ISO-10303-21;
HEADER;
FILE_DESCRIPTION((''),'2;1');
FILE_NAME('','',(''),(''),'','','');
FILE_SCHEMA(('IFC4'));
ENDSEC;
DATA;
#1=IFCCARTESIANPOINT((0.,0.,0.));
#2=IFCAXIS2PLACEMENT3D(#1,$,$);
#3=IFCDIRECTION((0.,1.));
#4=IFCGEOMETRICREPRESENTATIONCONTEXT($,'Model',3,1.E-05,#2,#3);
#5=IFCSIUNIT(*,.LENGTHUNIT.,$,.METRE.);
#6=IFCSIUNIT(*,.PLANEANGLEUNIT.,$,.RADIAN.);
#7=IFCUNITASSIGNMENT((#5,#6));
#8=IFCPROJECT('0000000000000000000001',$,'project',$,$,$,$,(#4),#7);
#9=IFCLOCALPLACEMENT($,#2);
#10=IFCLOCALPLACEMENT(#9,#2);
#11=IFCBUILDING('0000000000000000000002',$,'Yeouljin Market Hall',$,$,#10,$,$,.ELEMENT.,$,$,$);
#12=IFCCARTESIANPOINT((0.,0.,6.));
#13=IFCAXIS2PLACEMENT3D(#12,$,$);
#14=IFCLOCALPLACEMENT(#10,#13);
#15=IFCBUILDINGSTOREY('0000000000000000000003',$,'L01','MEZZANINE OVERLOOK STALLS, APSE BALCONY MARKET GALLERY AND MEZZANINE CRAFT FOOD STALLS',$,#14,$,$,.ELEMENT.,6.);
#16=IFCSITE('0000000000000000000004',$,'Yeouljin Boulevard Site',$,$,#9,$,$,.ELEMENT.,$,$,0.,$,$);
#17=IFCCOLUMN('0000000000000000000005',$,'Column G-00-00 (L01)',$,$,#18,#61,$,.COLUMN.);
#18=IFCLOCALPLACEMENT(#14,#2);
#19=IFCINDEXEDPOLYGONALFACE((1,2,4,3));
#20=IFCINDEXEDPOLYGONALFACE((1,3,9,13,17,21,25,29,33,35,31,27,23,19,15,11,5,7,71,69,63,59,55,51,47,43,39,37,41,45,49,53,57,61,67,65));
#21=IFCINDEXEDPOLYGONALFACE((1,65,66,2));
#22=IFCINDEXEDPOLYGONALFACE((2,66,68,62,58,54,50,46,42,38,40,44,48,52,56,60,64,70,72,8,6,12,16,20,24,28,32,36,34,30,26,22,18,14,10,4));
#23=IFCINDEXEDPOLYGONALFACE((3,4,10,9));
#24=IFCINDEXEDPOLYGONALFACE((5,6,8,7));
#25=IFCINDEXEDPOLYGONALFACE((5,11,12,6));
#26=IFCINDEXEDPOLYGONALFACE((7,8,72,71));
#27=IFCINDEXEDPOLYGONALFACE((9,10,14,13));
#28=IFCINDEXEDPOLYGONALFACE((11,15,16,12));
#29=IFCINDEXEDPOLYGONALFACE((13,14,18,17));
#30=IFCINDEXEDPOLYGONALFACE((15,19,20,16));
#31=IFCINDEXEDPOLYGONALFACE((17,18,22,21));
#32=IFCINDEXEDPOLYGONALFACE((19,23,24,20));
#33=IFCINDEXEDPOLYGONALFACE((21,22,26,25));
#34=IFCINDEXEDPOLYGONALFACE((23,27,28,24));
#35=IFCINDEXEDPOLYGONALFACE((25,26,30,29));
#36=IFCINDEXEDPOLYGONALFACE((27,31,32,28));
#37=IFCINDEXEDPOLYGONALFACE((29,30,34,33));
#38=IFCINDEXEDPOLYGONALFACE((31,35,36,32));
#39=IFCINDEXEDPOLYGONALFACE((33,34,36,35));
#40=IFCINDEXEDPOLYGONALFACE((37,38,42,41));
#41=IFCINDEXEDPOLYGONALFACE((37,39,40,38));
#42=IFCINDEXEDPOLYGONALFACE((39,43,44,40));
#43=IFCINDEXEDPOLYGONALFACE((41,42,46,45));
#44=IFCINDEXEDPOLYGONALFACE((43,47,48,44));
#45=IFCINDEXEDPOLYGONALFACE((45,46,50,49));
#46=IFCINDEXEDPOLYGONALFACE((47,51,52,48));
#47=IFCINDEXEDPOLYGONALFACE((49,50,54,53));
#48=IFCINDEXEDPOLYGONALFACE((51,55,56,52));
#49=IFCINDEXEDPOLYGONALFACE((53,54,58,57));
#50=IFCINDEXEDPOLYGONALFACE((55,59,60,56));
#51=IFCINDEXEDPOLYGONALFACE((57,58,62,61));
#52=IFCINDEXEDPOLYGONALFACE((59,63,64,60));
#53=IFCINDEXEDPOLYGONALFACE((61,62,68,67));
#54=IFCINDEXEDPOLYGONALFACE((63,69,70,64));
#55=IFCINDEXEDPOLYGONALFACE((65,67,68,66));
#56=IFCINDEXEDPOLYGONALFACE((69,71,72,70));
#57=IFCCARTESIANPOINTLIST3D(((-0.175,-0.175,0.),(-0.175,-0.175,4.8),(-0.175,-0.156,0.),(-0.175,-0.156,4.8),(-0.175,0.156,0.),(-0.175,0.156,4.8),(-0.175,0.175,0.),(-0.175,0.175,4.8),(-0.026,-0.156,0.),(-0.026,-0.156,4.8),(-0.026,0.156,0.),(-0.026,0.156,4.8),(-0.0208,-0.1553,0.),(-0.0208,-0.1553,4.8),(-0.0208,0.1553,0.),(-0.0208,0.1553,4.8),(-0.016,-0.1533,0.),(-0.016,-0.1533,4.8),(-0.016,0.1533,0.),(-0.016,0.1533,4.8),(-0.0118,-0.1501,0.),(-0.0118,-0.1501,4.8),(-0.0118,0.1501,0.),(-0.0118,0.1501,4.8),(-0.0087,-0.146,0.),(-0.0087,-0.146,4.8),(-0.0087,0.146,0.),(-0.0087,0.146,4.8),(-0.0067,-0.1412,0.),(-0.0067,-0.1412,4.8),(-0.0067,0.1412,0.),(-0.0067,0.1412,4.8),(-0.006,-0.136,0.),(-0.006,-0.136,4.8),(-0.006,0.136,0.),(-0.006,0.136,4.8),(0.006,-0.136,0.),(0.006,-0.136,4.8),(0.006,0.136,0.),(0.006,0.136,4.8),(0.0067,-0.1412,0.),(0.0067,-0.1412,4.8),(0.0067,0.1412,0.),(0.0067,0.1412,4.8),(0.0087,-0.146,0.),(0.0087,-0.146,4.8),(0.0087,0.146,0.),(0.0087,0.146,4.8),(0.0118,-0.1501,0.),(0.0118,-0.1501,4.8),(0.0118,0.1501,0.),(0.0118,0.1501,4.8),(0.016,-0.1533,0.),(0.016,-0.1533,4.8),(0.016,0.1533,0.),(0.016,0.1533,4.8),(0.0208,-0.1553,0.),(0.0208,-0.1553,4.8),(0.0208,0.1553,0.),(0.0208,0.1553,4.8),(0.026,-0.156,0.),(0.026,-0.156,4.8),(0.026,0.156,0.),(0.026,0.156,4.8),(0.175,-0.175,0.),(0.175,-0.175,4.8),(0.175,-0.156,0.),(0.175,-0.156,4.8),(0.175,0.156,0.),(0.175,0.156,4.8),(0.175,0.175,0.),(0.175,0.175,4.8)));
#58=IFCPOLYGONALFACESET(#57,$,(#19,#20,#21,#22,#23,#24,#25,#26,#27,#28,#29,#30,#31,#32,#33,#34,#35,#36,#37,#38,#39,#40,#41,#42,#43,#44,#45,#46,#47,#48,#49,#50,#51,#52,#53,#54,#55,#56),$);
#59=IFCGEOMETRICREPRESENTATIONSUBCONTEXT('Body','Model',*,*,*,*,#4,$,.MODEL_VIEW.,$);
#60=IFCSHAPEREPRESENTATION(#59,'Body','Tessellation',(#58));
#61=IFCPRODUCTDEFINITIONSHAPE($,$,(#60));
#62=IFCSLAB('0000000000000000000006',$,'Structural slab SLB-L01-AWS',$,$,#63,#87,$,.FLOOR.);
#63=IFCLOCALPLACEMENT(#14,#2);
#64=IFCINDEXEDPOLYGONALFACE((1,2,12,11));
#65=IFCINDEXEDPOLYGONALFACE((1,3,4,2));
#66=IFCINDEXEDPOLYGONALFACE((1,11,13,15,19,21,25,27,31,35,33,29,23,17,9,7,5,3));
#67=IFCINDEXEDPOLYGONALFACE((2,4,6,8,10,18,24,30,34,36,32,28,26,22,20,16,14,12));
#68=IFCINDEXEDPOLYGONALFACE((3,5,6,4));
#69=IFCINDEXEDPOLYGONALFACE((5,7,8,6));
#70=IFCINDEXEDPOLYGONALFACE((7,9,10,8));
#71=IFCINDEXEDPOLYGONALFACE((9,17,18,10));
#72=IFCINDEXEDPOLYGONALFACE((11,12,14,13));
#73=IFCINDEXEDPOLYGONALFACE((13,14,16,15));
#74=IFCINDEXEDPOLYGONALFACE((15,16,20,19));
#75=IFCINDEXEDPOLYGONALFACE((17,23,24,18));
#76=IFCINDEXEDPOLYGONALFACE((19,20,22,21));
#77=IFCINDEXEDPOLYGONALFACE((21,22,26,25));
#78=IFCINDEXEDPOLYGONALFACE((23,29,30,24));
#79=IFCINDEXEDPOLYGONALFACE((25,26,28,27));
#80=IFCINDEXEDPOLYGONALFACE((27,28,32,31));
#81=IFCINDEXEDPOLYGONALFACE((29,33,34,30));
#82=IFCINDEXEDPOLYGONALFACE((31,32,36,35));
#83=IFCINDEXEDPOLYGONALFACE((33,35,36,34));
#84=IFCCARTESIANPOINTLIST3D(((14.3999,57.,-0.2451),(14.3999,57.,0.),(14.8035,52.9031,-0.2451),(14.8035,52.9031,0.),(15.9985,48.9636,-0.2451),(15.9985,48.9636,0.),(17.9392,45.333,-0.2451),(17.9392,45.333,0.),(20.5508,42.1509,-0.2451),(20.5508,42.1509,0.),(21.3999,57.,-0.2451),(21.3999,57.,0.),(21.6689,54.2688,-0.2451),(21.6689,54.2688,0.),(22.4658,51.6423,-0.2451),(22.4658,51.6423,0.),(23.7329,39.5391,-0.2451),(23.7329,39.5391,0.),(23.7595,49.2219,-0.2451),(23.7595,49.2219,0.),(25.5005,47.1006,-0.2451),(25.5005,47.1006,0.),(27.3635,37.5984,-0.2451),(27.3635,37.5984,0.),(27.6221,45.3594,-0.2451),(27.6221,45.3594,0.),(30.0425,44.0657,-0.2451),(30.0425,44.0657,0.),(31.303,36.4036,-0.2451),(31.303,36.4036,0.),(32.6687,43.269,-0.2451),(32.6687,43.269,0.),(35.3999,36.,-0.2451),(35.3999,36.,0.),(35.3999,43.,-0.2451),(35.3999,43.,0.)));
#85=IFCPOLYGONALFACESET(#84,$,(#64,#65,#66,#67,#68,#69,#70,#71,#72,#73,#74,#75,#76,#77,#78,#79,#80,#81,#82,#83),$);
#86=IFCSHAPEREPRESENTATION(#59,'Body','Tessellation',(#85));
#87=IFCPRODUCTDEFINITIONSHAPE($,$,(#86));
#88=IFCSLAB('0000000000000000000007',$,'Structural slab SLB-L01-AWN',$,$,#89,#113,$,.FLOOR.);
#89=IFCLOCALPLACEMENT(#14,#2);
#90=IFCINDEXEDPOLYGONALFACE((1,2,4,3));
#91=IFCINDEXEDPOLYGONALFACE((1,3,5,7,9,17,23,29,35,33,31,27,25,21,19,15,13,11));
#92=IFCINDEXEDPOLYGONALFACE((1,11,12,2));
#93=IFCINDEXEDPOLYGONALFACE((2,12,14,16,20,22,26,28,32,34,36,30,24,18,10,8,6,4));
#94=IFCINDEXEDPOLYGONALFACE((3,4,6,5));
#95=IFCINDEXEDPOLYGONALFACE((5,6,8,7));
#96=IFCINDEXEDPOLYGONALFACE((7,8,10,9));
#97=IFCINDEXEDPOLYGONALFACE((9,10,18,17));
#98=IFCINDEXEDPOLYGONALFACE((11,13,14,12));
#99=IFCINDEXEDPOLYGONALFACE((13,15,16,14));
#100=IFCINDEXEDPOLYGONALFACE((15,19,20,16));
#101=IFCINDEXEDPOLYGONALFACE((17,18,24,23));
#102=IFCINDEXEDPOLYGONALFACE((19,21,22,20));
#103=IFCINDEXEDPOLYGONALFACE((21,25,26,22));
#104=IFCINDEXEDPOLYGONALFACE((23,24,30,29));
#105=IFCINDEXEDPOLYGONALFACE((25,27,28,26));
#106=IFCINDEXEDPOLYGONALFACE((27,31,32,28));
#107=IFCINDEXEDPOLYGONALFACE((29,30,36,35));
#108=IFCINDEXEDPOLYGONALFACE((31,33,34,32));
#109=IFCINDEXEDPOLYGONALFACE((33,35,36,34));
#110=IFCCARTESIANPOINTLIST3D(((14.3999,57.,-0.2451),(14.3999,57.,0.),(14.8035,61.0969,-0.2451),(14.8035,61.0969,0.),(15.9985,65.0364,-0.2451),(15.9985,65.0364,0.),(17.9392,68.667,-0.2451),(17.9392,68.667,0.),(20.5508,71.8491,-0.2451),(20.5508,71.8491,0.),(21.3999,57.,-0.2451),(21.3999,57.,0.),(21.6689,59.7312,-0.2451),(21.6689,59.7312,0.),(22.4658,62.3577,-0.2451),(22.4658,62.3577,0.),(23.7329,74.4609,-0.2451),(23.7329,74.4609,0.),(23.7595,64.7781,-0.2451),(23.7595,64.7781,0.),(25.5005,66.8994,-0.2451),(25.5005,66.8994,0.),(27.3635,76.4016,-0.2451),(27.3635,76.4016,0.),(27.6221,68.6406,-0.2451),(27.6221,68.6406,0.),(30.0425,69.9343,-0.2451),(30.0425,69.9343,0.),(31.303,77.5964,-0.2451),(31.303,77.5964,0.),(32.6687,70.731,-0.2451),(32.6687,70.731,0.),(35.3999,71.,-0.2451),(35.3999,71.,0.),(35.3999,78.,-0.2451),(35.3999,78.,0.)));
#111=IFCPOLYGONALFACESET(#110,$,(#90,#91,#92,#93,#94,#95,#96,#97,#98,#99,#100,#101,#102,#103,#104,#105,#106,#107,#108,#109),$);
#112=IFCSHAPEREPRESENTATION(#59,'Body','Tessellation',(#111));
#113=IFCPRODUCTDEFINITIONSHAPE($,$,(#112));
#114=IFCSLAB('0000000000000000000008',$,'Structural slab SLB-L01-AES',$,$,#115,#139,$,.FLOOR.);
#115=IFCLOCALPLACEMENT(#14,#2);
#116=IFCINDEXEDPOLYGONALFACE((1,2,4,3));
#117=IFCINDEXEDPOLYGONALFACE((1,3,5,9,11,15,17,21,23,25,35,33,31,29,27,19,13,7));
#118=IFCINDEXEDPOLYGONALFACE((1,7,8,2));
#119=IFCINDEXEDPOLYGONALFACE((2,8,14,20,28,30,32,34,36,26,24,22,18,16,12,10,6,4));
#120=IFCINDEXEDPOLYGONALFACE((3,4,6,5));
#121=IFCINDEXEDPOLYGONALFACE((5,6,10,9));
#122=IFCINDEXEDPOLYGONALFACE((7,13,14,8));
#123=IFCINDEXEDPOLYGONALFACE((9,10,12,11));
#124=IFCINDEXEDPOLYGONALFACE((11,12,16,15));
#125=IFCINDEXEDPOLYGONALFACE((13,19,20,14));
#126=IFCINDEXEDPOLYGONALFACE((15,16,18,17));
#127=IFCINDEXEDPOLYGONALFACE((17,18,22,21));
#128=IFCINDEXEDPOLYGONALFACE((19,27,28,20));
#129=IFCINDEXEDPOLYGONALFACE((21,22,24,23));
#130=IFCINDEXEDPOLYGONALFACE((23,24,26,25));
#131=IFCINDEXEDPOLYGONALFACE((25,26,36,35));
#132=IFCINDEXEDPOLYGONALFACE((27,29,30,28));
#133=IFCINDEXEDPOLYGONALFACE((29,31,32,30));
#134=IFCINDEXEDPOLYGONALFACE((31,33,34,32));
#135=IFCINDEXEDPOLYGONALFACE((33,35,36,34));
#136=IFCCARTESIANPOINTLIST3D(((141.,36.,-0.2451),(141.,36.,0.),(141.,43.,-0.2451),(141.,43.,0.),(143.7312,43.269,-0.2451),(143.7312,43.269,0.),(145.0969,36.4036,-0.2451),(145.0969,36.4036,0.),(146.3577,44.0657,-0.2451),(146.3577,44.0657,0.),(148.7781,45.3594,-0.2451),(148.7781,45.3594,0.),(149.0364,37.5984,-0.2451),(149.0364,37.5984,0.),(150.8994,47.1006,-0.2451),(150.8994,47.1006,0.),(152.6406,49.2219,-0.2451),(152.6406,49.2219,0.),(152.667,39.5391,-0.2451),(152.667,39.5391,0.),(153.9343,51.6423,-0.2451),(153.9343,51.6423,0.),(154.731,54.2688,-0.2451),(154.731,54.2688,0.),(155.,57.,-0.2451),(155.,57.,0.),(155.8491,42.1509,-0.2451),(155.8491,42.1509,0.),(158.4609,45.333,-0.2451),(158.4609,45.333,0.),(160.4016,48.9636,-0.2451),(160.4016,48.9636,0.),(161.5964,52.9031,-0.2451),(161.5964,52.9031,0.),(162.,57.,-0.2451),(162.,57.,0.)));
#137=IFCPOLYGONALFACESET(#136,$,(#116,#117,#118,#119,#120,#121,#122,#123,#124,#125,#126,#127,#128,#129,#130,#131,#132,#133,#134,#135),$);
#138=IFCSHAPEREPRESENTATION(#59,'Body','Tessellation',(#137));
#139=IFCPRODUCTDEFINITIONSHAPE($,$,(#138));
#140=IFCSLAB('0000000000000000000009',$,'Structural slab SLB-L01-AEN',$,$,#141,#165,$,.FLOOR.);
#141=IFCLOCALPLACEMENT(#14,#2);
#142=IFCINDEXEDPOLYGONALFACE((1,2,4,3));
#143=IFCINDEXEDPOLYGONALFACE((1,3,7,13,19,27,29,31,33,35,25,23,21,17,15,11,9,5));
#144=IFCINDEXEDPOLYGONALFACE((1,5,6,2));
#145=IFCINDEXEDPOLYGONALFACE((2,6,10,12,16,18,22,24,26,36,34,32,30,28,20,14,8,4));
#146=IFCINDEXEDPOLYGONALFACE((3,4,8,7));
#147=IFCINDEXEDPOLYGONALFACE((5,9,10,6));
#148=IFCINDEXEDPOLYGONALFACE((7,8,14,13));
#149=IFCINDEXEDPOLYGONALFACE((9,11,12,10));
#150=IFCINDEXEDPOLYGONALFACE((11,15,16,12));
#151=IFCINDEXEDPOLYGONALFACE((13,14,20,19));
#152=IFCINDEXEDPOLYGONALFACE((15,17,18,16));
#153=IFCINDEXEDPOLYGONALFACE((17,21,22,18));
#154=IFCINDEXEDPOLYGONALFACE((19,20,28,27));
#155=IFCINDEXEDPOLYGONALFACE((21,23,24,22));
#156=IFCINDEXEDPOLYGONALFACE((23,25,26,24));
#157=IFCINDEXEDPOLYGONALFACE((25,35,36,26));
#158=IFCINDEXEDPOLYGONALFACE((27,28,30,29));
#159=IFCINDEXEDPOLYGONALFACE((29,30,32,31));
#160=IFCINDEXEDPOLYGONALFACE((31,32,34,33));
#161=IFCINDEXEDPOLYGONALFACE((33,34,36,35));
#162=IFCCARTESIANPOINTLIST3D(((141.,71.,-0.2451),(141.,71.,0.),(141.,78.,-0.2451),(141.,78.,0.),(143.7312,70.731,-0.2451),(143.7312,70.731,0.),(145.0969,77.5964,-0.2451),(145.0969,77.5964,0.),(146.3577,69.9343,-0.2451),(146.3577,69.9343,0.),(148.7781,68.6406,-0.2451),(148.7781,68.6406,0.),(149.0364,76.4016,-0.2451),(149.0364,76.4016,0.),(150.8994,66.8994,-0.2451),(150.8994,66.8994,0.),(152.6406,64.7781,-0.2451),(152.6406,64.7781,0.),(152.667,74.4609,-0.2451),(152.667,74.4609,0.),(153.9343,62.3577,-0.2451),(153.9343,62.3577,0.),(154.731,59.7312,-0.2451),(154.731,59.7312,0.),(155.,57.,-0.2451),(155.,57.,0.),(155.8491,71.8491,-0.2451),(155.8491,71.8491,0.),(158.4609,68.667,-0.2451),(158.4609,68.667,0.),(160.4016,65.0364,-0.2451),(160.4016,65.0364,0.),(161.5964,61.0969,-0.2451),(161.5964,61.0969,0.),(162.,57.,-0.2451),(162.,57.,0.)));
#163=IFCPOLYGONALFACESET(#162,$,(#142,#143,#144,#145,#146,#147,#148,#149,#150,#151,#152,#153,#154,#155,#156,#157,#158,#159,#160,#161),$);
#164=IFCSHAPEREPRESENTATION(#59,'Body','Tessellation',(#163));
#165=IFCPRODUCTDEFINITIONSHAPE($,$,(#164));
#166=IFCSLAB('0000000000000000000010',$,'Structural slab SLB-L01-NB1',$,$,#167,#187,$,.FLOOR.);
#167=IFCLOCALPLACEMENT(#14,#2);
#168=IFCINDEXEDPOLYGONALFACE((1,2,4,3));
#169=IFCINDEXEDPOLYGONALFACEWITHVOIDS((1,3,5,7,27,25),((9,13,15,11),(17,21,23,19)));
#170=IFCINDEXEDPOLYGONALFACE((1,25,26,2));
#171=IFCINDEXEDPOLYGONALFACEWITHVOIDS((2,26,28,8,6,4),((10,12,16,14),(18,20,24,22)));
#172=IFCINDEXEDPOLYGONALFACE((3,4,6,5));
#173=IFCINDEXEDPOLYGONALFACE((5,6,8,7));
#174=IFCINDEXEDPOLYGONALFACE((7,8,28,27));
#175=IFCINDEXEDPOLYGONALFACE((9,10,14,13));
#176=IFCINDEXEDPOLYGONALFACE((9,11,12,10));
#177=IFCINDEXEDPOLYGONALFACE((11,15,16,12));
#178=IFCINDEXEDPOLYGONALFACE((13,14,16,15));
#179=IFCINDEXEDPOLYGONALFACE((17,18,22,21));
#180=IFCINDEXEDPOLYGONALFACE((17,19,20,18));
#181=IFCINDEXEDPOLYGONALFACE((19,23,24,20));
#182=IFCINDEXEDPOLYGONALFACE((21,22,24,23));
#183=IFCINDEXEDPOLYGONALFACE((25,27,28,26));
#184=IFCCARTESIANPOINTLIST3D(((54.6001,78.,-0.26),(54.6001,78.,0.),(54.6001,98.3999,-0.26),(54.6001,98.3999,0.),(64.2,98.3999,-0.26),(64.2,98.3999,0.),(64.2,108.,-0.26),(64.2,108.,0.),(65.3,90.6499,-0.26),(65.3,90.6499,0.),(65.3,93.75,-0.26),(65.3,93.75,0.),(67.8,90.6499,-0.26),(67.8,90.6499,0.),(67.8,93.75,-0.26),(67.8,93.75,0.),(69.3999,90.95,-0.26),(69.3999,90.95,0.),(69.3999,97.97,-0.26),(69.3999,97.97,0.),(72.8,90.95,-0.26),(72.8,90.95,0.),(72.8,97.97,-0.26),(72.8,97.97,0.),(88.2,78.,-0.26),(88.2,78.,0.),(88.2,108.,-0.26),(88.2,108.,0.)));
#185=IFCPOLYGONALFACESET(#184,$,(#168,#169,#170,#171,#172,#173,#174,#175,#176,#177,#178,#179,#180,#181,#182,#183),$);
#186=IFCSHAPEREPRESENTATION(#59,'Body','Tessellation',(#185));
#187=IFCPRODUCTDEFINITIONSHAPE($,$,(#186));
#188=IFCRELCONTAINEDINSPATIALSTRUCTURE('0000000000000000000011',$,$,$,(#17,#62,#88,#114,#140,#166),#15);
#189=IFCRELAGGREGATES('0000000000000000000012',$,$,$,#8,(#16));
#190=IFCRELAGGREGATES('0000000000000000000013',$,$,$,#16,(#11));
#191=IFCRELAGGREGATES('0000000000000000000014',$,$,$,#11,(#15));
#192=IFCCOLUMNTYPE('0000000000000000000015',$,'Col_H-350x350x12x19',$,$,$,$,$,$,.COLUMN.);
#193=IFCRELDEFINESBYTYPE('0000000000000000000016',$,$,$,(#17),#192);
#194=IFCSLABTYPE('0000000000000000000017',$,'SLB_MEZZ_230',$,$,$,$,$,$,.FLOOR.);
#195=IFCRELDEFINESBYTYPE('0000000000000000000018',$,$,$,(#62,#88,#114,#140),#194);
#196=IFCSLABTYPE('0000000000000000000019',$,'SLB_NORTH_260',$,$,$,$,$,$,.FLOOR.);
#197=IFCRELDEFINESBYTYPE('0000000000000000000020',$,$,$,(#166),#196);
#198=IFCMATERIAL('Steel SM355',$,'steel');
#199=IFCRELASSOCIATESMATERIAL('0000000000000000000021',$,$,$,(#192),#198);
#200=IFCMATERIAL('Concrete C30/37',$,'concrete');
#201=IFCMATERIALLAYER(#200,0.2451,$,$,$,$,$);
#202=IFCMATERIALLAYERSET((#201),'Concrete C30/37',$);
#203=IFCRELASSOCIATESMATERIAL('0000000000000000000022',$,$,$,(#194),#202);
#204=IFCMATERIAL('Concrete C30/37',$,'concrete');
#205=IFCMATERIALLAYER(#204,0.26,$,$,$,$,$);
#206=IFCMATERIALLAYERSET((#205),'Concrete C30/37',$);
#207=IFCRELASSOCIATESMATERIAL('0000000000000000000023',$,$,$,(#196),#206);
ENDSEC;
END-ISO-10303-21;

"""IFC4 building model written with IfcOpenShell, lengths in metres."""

from ifc_helpers import new_model, si_unit, direction, frame, origin, origin_with_axes, origin_2d, place, context, subcontext, project, spatial, polyline, i_section, outline, extrude, material, layer, layer_set, material_profile, profile_set, type_object, element, save


model = new_model("IFC4")

# Units and contexts
model_context = context("Model", 3, precision=1e-05, world=origin(), true_north=direction((0.0, 1.0)))
body_context = subcontext(model_context, "Body", "Model", "MODEL_VIEW")
ifc_project = project(units=[si_unit("LENGTHUNIT", "METRE"), si_unit("PLANEANGLEUNIT", "RADIAN")], contexts=[model_context])

# Site, building, storey
site_placement = place(None, origin())
site = spatial("IfcSite", under=ifc_project, at=site_placement, Name="Yeouljin Boulevard Site", CompositionType="ELEMENT", RefElevation=0.0)
building_placement = place(site_placement, origin())
building = spatial("IfcBuilding", under=site, at=building_placement, Name="Yeouljin Market Hall", CompositionType="ELEMENT")
storey_placement = place(building_placement, frame((0.0, 0.0, 6.0)))
storey = spatial("IfcBuildingStorey", under=building, at=storey_placement, Name="L01", Description="MEZZANINE OVERLOOK STALLS, APSE BALCONY MARKET GALLERY AND MEZZANINE CRAFT FOOD STALLS", CompositionType="ELEMENT", Elevation=6.0)

# Column
ifc_material_1 = material(Name="Steel SM355", Category="steel")
ifc_material_profile = material_profile(ifc_material_1, i_section(OverallWidth=0.3501, OverallDepth=0.3501, WebThickness=0.012, FlangeThickness=0.019, FilletRadius=0.02, at=origin_2d()), Name="H-350x350x12x19")
ifc_profile_set = profile_set([ifc_material_profile], Name="Steel SM355")
column_type = type_object("IfcColumnType", Name="Col_H-350x350x12x19", PredefinedType="COLUMN", material=ifc_profile_set)
column_placement = place(storey_placement, origin_with_axes())
element("IfcColumn", 1, at=column_placement, inside=storey, type_object=column_type, Name="Column G-00-00 (L01)", PredefinedType="COLUMN", context=body_context, shape_type="SweptSolid", body=[
    extrude(i_section(OverallWidth=0.3501, OverallDepth=0.3501, WebThickness=0.012, FlangeThickness=0.019, FilletRadius=0.02, at=origin_2d()), origin(), (0.0, 0.0, 1.0), 4.8),
])

# Slabs
ifc_material_2 = material(Name="Concrete C30/37", Category="concrete")
ifc_layer_1 = layer(ifc_material_2, 0.2451)
ifc_layer_set_1 = layer_set([ifc_layer_1], Name="Concrete C30/37")
slab_type_1 = type_object("IfcSlabType", Name="SLB_MEZZ_230", PredefinedType="FLOOR", material=ifc_layer_set_1)
slab_1_placement = place(storey_placement, frame((0.0, 0.0, -0.2451)))
element("IfcSlab", 2, at=slab_1_placement, inside=storey, type_object=slab_type_1, Name="Structural slab SLB-L01-AWS", PredefinedType="FLOOR", context=body_context, shape_type="SweptSolid", body=[
    extrude(outline(polyline([(14.3999, 57.0), (14.8035, 52.9031), (15.9985, 48.9636), (17.9392, 45.333), (20.5508, 42.1509), (23.7329, 39.5391), (27.3635, 37.5984), (31.303, 36.4036), (35.3999, 36.0), (35.3999, 43.0), (32.6687, 43.269), (30.0425, 44.0657), (27.6221, 45.3594), (25.5005, 47.1006), (23.7595, 49.2219), (22.4658, 51.6423), (21.6689, 54.2688), (21.3999, 57.0), (14.3999, 57.0)])), origin(), (0.0, 0.0, 1.0), 0.2451),
])
slab_2_placement = place(storey_placement, frame((0.0, 0.0, -0.2451)))
element("IfcSlab", 3, at=slab_2_placement, inside=storey, type_object=slab_type_1, Name="Structural slab SLB-L01-AWN", PredefinedType="FLOOR", context=body_context, shape_type="SweptSolid", body=[
    extrude(outline(polyline([(35.3999, 78.0), (31.303, 77.5964), (27.3635, 76.4016), (23.7329, 74.4609), (20.5508, 71.8491), (17.9392, 68.667), (15.9985, 65.0364), (14.8035, 61.0969), (14.3999, 57.0), (21.3999, 57.0), (21.6689, 59.7312), (22.4658, 62.3577), (23.7595, 64.7781), (25.5005, 66.8994), (27.6221, 68.6406), (30.0425, 69.9343), (32.6687, 70.731), (35.3999, 71.0), (35.3999, 78.0)])), origin(), (0.0, 0.0, 1.0), 0.2451),
])
slab_3_placement = place(storey_placement, frame((0.0, 0.0, -0.2451)))
element("IfcSlab", 4, at=slab_3_placement, inside=storey, type_object=slab_type_1, Name="Structural slab SLB-L01-AES", PredefinedType="FLOOR", context=body_context, shape_type="SweptSolid", body=[
    extrude(outline(polyline([(141.0, 36.0), (145.0969, 36.4036), (149.0364, 37.5984), (152.667, 39.5391), (155.8491, 42.1509), (158.4609, 45.333), (160.4016, 48.9636), (161.5964, 52.9031), (162.0, 57.0), (155.0, 57.0), (154.731, 54.2688), (153.9343, 51.6423), (152.6406, 49.2219), (150.8994, 47.1006), (148.7781, 45.3594), (146.3577, 44.0657), (143.7312, 43.269), (141.0, 43.0), (141.0, 36.0)])), origin(), (0.0, 0.0, 1.0), 0.2451),
])
slab_4_placement = place(storey_placement, frame((0.0, 0.0, -0.2451)))
element("IfcSlab", 5, at=slab_4_placement, inside=storey, type_object=slab_type_1, Name="Structural slab SLB-L01-AEN", PredefinedType="FLOOR", context=body_context, shape_type="SweptSolid", body=[
    extrude(outline(polyline([(162.0, 57.0), (161.5964, 61.0969), (160.4016, 65.0364), (158.4609, 68.667), (155.8491, 71.8491), (152.667, 74.4609), (149.0364, 76.4016), (145.0969, 77.5964), (141.0, 78.0), (141.0, 71.0), (143.7312, 70.731), (146.3577, 69.9343), (148.7781, 68.6406), (150.8994, 66.8994), (152.6406, 64.7781), (153.9343, 62.3577), (154.731, 59.7312), (155.0, 57.0), (162.0, 57.0)])), origin(), (0.0, 0.0, 1.0), 0.2451),
])
ifc_material_3 = material(Name="Concrete C30/37", Category="concrete")
ifc_layer_2 = layer(ifc_material_3, 0.26)
ifc_layer_set_2 = layer_set([ifc_layer_2], Name="Concrete C30/37")
slab_type_2 = type_object("IfcSlabType", Name="SLB_NORTH_260", PredefinedType="FLOOR", material=ifc_layer_set_2)
slab_5_placement = place(storey_placement, frame((0.0, 0.0, -0.26)))
element("IfcSlab", 6, at=slab_5_placement, inside=storey, type_object=slab_type_2, Name="Structural slab SLB-L01-NB1", PredefinedType="FLOOR", context=body_context, shape_type="SweptSolid", body=[
    extrude(outline(polyline([(54.6001, 78.0), (88.2, 78.0), (88.2, 108.0), (64.2, 108.0), (64.2, 98.3999), (54.6001, 98.3999), (54.6001, 78.0)]), holes=[polyline([(69.3999, 90.95), (72.8, 90.95), (72.8, 97.97), (69.3999, 97.97), (69.3999, 90.95)]), polyline([(65.3, 90.6499), (67.8, 90.6499), (67.8, 93.75), (65.3, 93.75), (65.3, 90.6499)])]), origin(), (0.0, 0.0, 1.0), 0.26),
])

save(model, "model.ifc")
